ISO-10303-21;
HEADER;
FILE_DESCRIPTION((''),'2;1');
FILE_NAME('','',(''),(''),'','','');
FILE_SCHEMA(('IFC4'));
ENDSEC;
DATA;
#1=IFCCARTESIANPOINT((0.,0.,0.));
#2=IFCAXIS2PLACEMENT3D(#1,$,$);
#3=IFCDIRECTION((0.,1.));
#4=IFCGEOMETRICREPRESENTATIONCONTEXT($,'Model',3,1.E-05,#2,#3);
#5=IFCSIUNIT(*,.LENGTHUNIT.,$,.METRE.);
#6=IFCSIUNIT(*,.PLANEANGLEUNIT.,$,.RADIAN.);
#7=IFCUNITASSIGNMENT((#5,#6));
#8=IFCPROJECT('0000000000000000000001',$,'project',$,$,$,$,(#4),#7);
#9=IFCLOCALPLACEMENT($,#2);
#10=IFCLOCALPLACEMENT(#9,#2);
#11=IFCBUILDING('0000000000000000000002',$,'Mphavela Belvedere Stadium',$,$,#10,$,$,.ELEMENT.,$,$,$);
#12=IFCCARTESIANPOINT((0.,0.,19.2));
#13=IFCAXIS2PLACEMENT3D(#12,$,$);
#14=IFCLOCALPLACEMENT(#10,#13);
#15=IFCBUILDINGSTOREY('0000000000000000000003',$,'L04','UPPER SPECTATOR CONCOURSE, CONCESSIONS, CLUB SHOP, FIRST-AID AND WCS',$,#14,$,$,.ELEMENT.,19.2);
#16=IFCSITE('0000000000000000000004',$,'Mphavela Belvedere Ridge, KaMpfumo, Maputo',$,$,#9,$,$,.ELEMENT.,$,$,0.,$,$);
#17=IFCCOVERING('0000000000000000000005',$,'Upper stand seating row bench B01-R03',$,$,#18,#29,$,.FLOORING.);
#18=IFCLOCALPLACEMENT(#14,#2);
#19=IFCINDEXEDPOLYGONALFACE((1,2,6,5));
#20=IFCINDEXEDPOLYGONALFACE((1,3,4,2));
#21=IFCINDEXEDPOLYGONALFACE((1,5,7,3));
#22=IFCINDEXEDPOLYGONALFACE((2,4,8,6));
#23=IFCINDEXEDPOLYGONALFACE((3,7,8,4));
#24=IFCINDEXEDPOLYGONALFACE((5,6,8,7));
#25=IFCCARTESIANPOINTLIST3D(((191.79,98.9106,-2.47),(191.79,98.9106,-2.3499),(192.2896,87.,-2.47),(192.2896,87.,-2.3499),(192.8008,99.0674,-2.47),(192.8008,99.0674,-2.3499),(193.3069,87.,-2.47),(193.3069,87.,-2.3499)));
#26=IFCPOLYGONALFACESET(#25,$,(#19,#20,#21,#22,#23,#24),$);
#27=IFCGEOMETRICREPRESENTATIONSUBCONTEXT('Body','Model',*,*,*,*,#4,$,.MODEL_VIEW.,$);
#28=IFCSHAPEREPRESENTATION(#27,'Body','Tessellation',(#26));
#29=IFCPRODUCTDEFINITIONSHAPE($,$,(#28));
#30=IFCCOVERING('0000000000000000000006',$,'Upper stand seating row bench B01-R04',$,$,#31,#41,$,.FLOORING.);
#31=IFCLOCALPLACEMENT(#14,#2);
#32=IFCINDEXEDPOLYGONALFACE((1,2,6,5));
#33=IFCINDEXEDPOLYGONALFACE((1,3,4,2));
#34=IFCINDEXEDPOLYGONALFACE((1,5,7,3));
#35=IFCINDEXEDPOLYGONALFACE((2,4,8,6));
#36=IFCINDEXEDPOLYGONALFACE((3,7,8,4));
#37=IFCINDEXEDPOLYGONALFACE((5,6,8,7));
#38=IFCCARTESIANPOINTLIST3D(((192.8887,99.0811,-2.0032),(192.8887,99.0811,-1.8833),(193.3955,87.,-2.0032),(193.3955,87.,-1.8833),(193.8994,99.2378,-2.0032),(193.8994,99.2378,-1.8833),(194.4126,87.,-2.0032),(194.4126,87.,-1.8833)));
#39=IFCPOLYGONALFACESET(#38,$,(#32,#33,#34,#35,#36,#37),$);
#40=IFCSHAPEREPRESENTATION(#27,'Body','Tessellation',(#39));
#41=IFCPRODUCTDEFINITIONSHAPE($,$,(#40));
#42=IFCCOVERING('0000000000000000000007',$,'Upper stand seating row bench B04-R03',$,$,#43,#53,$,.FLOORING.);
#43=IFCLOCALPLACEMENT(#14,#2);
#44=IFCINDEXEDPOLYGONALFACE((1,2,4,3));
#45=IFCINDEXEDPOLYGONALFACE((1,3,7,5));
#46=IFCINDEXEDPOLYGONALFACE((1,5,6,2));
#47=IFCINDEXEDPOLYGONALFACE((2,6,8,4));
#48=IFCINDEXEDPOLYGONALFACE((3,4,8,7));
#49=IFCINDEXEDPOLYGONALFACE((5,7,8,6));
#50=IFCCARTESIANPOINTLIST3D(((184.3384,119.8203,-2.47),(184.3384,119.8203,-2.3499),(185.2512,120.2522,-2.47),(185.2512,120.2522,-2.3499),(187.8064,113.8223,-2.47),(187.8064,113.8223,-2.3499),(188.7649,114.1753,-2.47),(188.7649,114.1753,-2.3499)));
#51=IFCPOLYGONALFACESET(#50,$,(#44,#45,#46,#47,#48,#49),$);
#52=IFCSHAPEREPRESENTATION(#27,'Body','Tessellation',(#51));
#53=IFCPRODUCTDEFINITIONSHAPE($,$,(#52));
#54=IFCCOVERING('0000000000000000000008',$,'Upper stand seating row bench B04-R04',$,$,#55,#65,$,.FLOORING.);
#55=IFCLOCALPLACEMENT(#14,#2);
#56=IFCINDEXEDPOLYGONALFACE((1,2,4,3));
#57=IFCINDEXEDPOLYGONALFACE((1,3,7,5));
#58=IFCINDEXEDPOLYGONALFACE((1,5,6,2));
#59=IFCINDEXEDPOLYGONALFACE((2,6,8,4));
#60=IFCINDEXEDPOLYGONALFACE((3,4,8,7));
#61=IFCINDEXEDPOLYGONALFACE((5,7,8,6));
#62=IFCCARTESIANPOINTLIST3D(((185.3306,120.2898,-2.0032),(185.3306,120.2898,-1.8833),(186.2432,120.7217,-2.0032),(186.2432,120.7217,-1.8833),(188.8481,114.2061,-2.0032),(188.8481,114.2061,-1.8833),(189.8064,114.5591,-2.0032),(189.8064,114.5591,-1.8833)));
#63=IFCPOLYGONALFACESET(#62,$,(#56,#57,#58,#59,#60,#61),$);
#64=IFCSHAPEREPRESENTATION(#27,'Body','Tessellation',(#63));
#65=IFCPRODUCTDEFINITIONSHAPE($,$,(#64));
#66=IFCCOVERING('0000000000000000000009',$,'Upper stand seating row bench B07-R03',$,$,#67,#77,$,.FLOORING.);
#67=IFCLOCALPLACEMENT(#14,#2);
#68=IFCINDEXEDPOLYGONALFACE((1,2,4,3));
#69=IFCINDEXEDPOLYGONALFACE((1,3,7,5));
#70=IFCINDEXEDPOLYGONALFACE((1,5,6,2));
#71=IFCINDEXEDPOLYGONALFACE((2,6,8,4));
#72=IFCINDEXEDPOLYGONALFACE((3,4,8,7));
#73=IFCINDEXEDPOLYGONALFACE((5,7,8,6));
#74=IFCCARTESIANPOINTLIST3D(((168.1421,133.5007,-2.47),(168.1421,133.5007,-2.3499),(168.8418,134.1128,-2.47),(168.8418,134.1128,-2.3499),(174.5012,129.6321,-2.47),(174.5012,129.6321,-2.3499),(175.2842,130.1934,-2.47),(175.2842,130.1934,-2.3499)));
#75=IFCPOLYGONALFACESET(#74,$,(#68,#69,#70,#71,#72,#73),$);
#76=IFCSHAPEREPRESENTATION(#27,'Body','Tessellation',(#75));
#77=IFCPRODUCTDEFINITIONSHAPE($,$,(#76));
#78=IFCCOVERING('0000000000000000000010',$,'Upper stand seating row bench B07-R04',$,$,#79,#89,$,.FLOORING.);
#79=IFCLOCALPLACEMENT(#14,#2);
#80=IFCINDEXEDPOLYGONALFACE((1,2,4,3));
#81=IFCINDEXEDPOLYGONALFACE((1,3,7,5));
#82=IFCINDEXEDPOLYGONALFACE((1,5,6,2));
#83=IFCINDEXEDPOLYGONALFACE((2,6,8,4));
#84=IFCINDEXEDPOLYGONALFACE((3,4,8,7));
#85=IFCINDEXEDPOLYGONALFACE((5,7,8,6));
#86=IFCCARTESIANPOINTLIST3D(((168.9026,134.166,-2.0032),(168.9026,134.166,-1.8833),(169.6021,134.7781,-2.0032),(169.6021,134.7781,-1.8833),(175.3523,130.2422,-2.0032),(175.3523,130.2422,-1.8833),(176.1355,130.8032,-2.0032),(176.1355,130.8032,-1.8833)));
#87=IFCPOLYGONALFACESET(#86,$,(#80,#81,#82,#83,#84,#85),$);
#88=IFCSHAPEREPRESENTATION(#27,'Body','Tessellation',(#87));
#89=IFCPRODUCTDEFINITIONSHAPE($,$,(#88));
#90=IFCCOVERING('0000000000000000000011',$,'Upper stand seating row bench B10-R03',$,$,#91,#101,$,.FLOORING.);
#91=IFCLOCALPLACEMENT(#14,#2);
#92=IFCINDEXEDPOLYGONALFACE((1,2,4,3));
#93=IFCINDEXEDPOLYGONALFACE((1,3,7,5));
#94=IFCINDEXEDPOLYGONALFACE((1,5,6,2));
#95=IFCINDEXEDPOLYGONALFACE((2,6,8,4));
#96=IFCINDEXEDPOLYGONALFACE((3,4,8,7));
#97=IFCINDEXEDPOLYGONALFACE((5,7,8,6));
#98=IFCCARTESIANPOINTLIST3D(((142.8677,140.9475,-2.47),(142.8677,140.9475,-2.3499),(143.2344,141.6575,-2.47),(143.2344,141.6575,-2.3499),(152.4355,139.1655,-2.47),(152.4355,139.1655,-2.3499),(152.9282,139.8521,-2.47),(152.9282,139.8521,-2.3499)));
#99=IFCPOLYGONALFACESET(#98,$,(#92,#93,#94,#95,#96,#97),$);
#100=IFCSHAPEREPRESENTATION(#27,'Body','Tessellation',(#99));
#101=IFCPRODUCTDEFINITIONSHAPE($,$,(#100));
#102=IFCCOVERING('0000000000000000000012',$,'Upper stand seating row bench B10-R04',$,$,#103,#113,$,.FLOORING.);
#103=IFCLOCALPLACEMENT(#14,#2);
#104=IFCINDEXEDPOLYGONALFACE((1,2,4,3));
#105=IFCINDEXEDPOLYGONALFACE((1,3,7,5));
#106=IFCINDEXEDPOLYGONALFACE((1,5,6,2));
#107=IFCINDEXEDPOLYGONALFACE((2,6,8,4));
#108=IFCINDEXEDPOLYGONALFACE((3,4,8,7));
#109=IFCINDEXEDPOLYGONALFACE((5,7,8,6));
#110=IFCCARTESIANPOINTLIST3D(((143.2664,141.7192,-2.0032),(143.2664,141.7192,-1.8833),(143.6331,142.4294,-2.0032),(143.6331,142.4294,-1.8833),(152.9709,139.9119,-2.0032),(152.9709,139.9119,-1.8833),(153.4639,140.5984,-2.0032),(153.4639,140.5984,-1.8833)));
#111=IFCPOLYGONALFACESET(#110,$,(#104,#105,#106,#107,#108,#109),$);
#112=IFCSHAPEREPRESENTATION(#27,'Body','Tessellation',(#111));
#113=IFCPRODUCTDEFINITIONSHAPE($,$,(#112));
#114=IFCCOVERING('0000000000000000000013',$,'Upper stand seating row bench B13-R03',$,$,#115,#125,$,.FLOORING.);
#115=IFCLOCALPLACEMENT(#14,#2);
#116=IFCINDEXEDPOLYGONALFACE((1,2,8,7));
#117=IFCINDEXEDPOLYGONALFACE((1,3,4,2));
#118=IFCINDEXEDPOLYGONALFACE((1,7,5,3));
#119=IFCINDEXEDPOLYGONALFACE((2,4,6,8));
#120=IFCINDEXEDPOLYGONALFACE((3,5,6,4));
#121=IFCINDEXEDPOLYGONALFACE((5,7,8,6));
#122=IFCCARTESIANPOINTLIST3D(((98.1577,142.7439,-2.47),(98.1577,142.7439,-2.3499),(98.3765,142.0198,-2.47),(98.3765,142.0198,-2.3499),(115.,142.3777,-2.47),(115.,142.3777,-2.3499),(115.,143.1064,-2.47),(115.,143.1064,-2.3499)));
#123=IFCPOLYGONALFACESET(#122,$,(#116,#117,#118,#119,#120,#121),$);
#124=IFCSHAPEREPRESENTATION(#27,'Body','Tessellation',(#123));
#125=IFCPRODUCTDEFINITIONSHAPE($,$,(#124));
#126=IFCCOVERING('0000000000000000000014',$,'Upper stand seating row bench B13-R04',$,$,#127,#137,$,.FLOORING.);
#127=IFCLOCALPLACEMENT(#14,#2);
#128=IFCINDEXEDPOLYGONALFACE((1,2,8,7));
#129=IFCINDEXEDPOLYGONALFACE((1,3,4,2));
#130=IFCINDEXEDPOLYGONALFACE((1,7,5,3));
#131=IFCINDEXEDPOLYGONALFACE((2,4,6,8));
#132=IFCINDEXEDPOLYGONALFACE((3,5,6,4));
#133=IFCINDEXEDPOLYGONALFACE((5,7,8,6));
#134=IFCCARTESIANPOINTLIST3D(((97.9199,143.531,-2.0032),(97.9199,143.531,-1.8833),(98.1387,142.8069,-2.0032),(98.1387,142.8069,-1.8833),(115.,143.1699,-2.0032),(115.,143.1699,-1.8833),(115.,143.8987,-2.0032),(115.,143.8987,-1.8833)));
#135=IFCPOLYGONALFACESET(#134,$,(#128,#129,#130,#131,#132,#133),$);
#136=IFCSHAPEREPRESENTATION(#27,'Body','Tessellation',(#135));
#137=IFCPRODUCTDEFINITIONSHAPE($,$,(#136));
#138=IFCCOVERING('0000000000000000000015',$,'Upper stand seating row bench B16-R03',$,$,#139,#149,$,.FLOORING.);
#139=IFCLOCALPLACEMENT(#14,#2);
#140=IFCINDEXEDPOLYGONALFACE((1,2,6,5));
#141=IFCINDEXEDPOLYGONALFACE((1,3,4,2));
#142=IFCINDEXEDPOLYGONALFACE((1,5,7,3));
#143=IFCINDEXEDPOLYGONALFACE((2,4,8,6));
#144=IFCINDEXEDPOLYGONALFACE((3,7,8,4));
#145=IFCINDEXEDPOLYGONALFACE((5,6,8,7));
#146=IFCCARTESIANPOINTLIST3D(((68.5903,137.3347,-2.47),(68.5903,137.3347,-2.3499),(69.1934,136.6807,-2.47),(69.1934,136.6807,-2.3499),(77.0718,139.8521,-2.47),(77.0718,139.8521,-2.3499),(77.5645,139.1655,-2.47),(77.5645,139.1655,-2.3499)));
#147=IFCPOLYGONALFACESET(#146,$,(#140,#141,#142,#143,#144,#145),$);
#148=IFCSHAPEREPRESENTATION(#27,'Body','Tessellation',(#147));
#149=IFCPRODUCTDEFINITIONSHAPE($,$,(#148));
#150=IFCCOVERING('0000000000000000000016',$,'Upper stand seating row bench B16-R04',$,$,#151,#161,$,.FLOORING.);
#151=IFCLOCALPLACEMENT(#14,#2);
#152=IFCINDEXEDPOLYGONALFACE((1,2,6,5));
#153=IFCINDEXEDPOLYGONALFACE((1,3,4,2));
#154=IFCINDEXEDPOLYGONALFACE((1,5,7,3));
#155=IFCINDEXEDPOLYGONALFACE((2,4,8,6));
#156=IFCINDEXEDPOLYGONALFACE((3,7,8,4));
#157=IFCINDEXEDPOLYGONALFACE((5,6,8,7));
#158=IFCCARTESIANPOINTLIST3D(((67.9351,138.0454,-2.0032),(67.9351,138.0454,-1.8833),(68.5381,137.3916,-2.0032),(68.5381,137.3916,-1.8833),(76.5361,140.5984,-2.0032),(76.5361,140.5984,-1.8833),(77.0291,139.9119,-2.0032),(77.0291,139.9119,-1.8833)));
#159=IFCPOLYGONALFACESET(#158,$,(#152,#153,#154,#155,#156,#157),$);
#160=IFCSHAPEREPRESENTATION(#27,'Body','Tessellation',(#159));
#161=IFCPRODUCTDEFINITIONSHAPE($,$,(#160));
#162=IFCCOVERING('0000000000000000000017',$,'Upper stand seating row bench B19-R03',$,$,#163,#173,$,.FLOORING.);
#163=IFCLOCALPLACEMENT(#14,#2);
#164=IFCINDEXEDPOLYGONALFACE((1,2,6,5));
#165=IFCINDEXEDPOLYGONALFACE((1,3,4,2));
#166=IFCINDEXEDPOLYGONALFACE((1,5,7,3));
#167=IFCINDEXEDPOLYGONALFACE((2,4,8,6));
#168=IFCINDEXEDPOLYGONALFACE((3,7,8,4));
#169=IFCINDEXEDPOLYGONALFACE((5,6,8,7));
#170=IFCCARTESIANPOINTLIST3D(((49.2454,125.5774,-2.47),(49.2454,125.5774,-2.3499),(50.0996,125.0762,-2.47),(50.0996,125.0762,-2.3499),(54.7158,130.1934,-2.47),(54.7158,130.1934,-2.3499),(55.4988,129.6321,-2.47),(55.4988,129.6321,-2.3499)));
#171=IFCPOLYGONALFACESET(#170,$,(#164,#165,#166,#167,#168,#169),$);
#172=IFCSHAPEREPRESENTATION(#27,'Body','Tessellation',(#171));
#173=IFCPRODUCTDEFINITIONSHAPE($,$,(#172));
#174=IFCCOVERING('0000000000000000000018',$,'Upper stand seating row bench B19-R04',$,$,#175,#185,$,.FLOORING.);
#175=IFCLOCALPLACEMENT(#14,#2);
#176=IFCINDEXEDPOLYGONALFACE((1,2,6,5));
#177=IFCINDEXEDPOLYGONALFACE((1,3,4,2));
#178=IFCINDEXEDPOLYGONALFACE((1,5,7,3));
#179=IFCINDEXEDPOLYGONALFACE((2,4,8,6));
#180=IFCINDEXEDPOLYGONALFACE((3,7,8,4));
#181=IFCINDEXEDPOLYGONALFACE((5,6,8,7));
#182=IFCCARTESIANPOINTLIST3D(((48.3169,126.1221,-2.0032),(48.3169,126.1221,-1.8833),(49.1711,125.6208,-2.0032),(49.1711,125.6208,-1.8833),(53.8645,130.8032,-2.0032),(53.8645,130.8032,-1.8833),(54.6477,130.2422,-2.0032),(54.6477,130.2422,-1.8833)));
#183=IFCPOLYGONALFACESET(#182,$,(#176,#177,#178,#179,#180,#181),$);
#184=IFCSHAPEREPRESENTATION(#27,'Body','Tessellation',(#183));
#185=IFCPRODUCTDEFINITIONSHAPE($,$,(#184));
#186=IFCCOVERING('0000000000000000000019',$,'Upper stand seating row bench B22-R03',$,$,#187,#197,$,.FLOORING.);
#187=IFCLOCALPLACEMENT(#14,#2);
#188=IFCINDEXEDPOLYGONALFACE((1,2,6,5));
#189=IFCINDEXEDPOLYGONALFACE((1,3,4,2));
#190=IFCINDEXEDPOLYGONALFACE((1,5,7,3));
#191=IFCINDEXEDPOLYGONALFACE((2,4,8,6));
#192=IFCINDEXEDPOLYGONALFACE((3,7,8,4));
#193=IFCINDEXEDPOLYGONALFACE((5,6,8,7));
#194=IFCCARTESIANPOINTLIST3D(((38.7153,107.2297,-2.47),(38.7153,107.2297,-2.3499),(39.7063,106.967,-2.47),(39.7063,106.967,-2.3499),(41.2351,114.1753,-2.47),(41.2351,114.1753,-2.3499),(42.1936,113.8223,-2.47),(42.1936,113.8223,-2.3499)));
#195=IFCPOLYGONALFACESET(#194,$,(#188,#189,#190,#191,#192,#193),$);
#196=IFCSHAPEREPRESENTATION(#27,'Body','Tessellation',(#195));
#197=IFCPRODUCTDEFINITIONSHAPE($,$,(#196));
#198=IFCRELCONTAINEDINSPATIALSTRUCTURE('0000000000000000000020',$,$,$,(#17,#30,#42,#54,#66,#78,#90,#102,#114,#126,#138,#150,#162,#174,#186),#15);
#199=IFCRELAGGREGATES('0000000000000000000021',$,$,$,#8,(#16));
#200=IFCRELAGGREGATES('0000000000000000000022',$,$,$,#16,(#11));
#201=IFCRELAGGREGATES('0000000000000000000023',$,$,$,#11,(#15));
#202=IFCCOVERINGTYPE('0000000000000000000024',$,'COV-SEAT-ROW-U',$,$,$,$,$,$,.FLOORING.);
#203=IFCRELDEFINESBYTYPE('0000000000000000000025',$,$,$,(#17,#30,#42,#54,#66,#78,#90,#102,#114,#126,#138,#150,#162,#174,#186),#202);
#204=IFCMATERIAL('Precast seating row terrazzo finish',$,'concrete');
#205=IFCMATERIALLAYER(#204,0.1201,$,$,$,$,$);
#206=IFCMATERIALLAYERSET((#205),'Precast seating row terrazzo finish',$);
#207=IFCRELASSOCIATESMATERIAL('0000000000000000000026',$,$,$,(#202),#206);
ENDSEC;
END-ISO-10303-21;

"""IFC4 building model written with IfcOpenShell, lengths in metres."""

from ifc_helpers import new_model, si_unit, direction, frame, origin, place, context, subcontext, project, spatial, polyline, outline, extrude, material, layer, layer_set, type_object, element, save


model = new_model("IFC4")

# Units and contexts
model_context = context("Model", 3, precision=1e-05, world=origin(), true_north=direction((0.0, 1.0)))
body_context = subcontext(model_context, "Body", "Model", "MODEL_VIEW")
ifc_project = project(units=[si_unit("LENGTHUNIT", "METRE"), si_unit("PLANEANGLEUNIT", "RADIAN")], contexts=[model_context])

# Site, building, storey
site_placement = place(None, origin())
site = spatial("IfcSite", under=ifc_project, at=site_placement, Name="Mphavela Belvedere Ridge, KaMpfumo, Maputo", CompositionType="ELEMENT", RefElevation=0.0)
building_placement = place(site_placement, origin())
building = spatial("IfcBuilding", under=site, at=building_placement, Name="Mphavela Belvedere Stadium", CompositionType="ELEMENT")
storey_placement = place(building_placement, frame((0.0, 0.0, 19.2)))
storey = spatial("IfcBuildingStorey", under=building, at=storey_placement, Name="L04", Description="UPPER SPECTATOR CONCOURSE, CONCESSIONS, CLUB SHOP, FIRST-AID AND WCS", CompositionType="ELEMENT", Elevation=19.2)

# Coverings
ifc_material = material(Name="Precast seating row terrazzo finish", Category="concrete")
ifc_layer = layer(ifc_material, 0.1201)
ifc_layer_set = layer_set([ifc_layer], Name="Precast seating row terrazzo finish")
covering_type = type_object("IfcCoveringType", Name="COV-SEAT-ROW-U", PredefinedType="FLOORING", material=ifc_layer_set)
covering_1_placement = place(storey_placement, frame((0.0, 0.0, -2.47)))
element("IfcCovering", 1, at=covering_1_placement, inside=storey, type_object=covering_type, Name="Upper stand seating row bench B01-R03", PredefinedType="FLOORING", context=body_context, shape_type="SweptSolid", body=[
    extrude(outline(polyline([(192.2896, 87.0), (191.79, 98.9106), (192.8008, 99.0674), (193.3069, 87.0), (192.2896, 87.0)])), origin(), (0.0, 0.0, 1.0), 0.1201),
])
covering_2_placement = place(storey_placement, frame((0.0, 0.0, -2.0032)))
element("IfcCovering", 2, at=covering_2_placement, inside=storey, type_object=covering_type, Name="Upper stand seating row bench B01-R04", PredefinedType="FLOORING", context=body_context, shape_type="SweptSolid", body=[
    extrude(outline(polyline([(193.3955, 87.0), (192.8887, 99.0811), (193.8994, 99.2378), (194.4126, 87.0), (193.3955, 87.0)])), origin(), (0.0, 0.0, 1.0), 0.1199),
])
covering_3_placement = place(storey_placement, frame((0.0, 0.0, -2.47)))
element("IfcCovering", 3, at=covering_3_placement, inside=storey, type_object=covering_type, Name="Upper stand seating row bench B04-R03", PredefinedType="FLOORING", context=body_context, shape_type="SweptSolid", body=[
    extrude(outline(polyline([(187.8064, 113.8223), (184.3384, 119.8203), (185.2512, 120.2522), (188.7649, 114.1753), (187.8064, 113.8223)])), origin(), (0.0, 0.0, 1.0), 0.1201),
])
covering_4_placement = place(storey_placement, frame((0.0, 0.0, -2.0032)))
element("IfcCovering", 4, at=covering_4_placement, inside=storey, type_object=covering_type, Name="Upper stand seating row bench B04-R04", PredefinedType="FLOORING", context=body_context, shape_type="SweptSolid", body=[
    extrude(outline(polyline([(188.8481, 114.2061), (185.3306, 120.2898), (186.2432, 120.7217), (189.8064, 114.5591), (188.8481, 114.2061)])), origin(), (0.0, 0.0, 1.0), 0.1199),
])
covering_5_placement = place(storey_placement, frame((0.0, 0.0, -2.47)))
element("IfcCovering", 5, at=covering_5_placement, inside=storey, type_object=covering_type, Name="Upper stand seating row bench B07-R03", PredefinedType="FLOORING", context=body_context, shape_type="SweptSolid", body=[
    extrude(outline(polyline([(174.5012, 129.6321), (168.1421, 133.5007), (168.8418, 134.1128), (175.2842, 130.1934), (174.5012, 129.6321)])), origin(), (0.0, 0.0, 1.0), 0.1201),
])
covering_6_placement = place(storey_placement, frame((0.0, 0.0, -2.0032)))
element("IfcCovering", 6, at=covering_6_placement, inside=storey, type_object=covering_type, Name="Upper stand seating row bench B07-R04", PredefinedType="FLOORING", context=body_context, shape_type="SweptSolid", body=[
    extrude(outline(polyline([(175.3523, 130.2422), (168.9026, 134.166), (169.6021, 134.7781), (176.1355, 130.8032), (175.3523, 130.2422)])), origin(), (0.0, 0.0, 1.0), 0.1199),
])
covering_7_placement = place(storey_placement, frame((0.0, 0.0, -2.47)))
element("IfcCovering", 7, at=covering_7_placement, inside=storey, type_object=covering_type, Name="Upper stand seating row bench B10-R03", PredefinedType="FLOORING", context=body_context, shape_type="SweptSolid", body=[
    extrude(outline(polyline([(152.4355, 139.1655), (142.8677, 140.9475), (143.2344, 141.6575), (152.9282, 139.8521), (152.4355, 139.1655)])), origin(), (0.0, 0.0, 1.0), 0.1201),
])
covering_8_placement = place(storey_placement, frame((0.0, 0.0, -2.0032)))
element("IfcCovering", 8, at=covering_8_placement, inside=storey, type_object=covering_type, Name="Upper stand seating row bench B10-R04", PredefinedType="FLOORING", context=body_context, shape_type="SweptSolid", body=[
    extrude(outline(polyline([(152.9709, 139.9119), (143.2664, 141.7192), (143.6331, 142.4294), (153.4639, 140.5984), (152.9709, 139.9119)])), origin(), (0.0, 0.0, 1.0), 0.1199),
])
covering_9_placement = place(storey_placement, frame((0.0, 0.0, -2.47)))
element("IfcCovering", 9, at=covering_9_placement, inside=storey, type_object=covering_type, Name="Upper stand seating row bench B13-R03", PredefinedType="FLOORING", context=body_context, shape_type="SweptSolid", body=[
    extrude(outline(polyline([(115.0, 142.3777), (98.3765, 142.0198), (98.1577, 142.7439), (115.0, 143.1064), (115.0, 142.3777)])), origin(), (0.0, 0.0, 1.0), 0.1201),
])
covering_10_placement = place(storey_placement, frame((0.0, 0.0, -2.0032)))
element("IfcCovering", 10, at=covering_10_placement, inside=storey, type_object=covering_type, Name="Upper stand seating row bench B13-R04", PredefinedType="FLOORING", context=body_context, shape_type="SweptSolid", body=[
    extrude(outline(polyline([(115.0, 143.1699), (98.1387, 142.8069), (97.9199, 143.531), (115.0, 143.8987), (115.0, 143.1699)])), origin(), (0.0, 0.0, 1.0), 0.1199),
])
covering_11_placement = place(storey_placement, frame((0.0, 0.0, -2.47)))
element("IfcCovering", 11, at=covering_11_placement, inside=storey, type_object=covering_type, Name="Upper stand seating row bench B16-R03", PredefinedType="FLOORING", context=body_context, shape_type="SweptSolid", body=[
    extrude(outline(polyline([(77.5645, 139.1655), (69.1934, 136.6807), (68.5903, 137.3347), (77.0718, 139.8521), (77.5645, 139.1655)])), origin(), (0.0, 0.0, 1.0), 0.1201),
])
covering_12_placement = place(storey_placement, frame((0.0, 0.0, -2.0032)))
element("IfcCovering", 12, at=covering_12_placement, inside=storey, type_object=covering_type, Name="Upper stand seating row bench B16-R04", PredefinedType="FLOORING", context=body_context, shape_type="SweptSolid", body=[
    extrude(outline(polyline([(77.0291, 139.9119), (68.5381, 137.3916), (67.9351, 138.0454), (76.5361, 140.5984), (77.0291, 139.9119)])), origin(), (0.0, 0.0, 1.0), 0.1199),
])
covering_13_placement = place(storey_placement, frame((0.0, 0.0, -2.47)))
element("IfcCovering", 13, at=covering_13_placement, inside=storey, type_object=covering_type, Name="Upper stand seating row bench B19-R03", PredefinedType="FLOORING", context=body_context, shape_type="SweptSolid", body=[
    extrude(outline(polyline([(55.4988, 129.6321), (50.0996, 125.0762), (49.2454, 125.5774), (54.7158, 130.1934), (55.4988, 129.6321)])), origin(), (0.0, 0.0, 1.0), 0.1201),
])
covering_14_placement = place(storey_placement, frame((0.0, 0.0, -2.0032)))
element("IfcCovering", 14, at=covering_14_placement, inside=storey, type_object=covering_type, Name="Upper stand seating row bench B19-R04", PredefinedType="FLOORING", context=body_context, shape_type="SweptSolid", body=[
    extrude(outline(polyline([(54.6477, 130.2422), (49.1711, 125.6208), (48.3169, 126.1221), (53.8645, 130.8032), (54.6477, 130.2422)])), origin(), (0.0, 0.0, 1.0), 0.1199),
])
covering_15_placement = place(storey_placement, frame((0.0, 0.0, -2.47)))
element("IfcCovering", 15, at=covering_15_placement, inside=storey, type_object=covering_type, Name="Upper stand seating row bench B22-R03", PredefinedType="FLOORING", context=body_context, shape_type="SweptSolid", body=[
    extrude(outline(polyline([(42.1936, 113.8223), (39.7063, 106.967), (38.7153, 107.2297), (41.2351, 114.1753), (42.1936, 113.8223)])), origin(), (0.0, 0.0, 1.0), 0.1201),
])

save(model, "model.ifc")
